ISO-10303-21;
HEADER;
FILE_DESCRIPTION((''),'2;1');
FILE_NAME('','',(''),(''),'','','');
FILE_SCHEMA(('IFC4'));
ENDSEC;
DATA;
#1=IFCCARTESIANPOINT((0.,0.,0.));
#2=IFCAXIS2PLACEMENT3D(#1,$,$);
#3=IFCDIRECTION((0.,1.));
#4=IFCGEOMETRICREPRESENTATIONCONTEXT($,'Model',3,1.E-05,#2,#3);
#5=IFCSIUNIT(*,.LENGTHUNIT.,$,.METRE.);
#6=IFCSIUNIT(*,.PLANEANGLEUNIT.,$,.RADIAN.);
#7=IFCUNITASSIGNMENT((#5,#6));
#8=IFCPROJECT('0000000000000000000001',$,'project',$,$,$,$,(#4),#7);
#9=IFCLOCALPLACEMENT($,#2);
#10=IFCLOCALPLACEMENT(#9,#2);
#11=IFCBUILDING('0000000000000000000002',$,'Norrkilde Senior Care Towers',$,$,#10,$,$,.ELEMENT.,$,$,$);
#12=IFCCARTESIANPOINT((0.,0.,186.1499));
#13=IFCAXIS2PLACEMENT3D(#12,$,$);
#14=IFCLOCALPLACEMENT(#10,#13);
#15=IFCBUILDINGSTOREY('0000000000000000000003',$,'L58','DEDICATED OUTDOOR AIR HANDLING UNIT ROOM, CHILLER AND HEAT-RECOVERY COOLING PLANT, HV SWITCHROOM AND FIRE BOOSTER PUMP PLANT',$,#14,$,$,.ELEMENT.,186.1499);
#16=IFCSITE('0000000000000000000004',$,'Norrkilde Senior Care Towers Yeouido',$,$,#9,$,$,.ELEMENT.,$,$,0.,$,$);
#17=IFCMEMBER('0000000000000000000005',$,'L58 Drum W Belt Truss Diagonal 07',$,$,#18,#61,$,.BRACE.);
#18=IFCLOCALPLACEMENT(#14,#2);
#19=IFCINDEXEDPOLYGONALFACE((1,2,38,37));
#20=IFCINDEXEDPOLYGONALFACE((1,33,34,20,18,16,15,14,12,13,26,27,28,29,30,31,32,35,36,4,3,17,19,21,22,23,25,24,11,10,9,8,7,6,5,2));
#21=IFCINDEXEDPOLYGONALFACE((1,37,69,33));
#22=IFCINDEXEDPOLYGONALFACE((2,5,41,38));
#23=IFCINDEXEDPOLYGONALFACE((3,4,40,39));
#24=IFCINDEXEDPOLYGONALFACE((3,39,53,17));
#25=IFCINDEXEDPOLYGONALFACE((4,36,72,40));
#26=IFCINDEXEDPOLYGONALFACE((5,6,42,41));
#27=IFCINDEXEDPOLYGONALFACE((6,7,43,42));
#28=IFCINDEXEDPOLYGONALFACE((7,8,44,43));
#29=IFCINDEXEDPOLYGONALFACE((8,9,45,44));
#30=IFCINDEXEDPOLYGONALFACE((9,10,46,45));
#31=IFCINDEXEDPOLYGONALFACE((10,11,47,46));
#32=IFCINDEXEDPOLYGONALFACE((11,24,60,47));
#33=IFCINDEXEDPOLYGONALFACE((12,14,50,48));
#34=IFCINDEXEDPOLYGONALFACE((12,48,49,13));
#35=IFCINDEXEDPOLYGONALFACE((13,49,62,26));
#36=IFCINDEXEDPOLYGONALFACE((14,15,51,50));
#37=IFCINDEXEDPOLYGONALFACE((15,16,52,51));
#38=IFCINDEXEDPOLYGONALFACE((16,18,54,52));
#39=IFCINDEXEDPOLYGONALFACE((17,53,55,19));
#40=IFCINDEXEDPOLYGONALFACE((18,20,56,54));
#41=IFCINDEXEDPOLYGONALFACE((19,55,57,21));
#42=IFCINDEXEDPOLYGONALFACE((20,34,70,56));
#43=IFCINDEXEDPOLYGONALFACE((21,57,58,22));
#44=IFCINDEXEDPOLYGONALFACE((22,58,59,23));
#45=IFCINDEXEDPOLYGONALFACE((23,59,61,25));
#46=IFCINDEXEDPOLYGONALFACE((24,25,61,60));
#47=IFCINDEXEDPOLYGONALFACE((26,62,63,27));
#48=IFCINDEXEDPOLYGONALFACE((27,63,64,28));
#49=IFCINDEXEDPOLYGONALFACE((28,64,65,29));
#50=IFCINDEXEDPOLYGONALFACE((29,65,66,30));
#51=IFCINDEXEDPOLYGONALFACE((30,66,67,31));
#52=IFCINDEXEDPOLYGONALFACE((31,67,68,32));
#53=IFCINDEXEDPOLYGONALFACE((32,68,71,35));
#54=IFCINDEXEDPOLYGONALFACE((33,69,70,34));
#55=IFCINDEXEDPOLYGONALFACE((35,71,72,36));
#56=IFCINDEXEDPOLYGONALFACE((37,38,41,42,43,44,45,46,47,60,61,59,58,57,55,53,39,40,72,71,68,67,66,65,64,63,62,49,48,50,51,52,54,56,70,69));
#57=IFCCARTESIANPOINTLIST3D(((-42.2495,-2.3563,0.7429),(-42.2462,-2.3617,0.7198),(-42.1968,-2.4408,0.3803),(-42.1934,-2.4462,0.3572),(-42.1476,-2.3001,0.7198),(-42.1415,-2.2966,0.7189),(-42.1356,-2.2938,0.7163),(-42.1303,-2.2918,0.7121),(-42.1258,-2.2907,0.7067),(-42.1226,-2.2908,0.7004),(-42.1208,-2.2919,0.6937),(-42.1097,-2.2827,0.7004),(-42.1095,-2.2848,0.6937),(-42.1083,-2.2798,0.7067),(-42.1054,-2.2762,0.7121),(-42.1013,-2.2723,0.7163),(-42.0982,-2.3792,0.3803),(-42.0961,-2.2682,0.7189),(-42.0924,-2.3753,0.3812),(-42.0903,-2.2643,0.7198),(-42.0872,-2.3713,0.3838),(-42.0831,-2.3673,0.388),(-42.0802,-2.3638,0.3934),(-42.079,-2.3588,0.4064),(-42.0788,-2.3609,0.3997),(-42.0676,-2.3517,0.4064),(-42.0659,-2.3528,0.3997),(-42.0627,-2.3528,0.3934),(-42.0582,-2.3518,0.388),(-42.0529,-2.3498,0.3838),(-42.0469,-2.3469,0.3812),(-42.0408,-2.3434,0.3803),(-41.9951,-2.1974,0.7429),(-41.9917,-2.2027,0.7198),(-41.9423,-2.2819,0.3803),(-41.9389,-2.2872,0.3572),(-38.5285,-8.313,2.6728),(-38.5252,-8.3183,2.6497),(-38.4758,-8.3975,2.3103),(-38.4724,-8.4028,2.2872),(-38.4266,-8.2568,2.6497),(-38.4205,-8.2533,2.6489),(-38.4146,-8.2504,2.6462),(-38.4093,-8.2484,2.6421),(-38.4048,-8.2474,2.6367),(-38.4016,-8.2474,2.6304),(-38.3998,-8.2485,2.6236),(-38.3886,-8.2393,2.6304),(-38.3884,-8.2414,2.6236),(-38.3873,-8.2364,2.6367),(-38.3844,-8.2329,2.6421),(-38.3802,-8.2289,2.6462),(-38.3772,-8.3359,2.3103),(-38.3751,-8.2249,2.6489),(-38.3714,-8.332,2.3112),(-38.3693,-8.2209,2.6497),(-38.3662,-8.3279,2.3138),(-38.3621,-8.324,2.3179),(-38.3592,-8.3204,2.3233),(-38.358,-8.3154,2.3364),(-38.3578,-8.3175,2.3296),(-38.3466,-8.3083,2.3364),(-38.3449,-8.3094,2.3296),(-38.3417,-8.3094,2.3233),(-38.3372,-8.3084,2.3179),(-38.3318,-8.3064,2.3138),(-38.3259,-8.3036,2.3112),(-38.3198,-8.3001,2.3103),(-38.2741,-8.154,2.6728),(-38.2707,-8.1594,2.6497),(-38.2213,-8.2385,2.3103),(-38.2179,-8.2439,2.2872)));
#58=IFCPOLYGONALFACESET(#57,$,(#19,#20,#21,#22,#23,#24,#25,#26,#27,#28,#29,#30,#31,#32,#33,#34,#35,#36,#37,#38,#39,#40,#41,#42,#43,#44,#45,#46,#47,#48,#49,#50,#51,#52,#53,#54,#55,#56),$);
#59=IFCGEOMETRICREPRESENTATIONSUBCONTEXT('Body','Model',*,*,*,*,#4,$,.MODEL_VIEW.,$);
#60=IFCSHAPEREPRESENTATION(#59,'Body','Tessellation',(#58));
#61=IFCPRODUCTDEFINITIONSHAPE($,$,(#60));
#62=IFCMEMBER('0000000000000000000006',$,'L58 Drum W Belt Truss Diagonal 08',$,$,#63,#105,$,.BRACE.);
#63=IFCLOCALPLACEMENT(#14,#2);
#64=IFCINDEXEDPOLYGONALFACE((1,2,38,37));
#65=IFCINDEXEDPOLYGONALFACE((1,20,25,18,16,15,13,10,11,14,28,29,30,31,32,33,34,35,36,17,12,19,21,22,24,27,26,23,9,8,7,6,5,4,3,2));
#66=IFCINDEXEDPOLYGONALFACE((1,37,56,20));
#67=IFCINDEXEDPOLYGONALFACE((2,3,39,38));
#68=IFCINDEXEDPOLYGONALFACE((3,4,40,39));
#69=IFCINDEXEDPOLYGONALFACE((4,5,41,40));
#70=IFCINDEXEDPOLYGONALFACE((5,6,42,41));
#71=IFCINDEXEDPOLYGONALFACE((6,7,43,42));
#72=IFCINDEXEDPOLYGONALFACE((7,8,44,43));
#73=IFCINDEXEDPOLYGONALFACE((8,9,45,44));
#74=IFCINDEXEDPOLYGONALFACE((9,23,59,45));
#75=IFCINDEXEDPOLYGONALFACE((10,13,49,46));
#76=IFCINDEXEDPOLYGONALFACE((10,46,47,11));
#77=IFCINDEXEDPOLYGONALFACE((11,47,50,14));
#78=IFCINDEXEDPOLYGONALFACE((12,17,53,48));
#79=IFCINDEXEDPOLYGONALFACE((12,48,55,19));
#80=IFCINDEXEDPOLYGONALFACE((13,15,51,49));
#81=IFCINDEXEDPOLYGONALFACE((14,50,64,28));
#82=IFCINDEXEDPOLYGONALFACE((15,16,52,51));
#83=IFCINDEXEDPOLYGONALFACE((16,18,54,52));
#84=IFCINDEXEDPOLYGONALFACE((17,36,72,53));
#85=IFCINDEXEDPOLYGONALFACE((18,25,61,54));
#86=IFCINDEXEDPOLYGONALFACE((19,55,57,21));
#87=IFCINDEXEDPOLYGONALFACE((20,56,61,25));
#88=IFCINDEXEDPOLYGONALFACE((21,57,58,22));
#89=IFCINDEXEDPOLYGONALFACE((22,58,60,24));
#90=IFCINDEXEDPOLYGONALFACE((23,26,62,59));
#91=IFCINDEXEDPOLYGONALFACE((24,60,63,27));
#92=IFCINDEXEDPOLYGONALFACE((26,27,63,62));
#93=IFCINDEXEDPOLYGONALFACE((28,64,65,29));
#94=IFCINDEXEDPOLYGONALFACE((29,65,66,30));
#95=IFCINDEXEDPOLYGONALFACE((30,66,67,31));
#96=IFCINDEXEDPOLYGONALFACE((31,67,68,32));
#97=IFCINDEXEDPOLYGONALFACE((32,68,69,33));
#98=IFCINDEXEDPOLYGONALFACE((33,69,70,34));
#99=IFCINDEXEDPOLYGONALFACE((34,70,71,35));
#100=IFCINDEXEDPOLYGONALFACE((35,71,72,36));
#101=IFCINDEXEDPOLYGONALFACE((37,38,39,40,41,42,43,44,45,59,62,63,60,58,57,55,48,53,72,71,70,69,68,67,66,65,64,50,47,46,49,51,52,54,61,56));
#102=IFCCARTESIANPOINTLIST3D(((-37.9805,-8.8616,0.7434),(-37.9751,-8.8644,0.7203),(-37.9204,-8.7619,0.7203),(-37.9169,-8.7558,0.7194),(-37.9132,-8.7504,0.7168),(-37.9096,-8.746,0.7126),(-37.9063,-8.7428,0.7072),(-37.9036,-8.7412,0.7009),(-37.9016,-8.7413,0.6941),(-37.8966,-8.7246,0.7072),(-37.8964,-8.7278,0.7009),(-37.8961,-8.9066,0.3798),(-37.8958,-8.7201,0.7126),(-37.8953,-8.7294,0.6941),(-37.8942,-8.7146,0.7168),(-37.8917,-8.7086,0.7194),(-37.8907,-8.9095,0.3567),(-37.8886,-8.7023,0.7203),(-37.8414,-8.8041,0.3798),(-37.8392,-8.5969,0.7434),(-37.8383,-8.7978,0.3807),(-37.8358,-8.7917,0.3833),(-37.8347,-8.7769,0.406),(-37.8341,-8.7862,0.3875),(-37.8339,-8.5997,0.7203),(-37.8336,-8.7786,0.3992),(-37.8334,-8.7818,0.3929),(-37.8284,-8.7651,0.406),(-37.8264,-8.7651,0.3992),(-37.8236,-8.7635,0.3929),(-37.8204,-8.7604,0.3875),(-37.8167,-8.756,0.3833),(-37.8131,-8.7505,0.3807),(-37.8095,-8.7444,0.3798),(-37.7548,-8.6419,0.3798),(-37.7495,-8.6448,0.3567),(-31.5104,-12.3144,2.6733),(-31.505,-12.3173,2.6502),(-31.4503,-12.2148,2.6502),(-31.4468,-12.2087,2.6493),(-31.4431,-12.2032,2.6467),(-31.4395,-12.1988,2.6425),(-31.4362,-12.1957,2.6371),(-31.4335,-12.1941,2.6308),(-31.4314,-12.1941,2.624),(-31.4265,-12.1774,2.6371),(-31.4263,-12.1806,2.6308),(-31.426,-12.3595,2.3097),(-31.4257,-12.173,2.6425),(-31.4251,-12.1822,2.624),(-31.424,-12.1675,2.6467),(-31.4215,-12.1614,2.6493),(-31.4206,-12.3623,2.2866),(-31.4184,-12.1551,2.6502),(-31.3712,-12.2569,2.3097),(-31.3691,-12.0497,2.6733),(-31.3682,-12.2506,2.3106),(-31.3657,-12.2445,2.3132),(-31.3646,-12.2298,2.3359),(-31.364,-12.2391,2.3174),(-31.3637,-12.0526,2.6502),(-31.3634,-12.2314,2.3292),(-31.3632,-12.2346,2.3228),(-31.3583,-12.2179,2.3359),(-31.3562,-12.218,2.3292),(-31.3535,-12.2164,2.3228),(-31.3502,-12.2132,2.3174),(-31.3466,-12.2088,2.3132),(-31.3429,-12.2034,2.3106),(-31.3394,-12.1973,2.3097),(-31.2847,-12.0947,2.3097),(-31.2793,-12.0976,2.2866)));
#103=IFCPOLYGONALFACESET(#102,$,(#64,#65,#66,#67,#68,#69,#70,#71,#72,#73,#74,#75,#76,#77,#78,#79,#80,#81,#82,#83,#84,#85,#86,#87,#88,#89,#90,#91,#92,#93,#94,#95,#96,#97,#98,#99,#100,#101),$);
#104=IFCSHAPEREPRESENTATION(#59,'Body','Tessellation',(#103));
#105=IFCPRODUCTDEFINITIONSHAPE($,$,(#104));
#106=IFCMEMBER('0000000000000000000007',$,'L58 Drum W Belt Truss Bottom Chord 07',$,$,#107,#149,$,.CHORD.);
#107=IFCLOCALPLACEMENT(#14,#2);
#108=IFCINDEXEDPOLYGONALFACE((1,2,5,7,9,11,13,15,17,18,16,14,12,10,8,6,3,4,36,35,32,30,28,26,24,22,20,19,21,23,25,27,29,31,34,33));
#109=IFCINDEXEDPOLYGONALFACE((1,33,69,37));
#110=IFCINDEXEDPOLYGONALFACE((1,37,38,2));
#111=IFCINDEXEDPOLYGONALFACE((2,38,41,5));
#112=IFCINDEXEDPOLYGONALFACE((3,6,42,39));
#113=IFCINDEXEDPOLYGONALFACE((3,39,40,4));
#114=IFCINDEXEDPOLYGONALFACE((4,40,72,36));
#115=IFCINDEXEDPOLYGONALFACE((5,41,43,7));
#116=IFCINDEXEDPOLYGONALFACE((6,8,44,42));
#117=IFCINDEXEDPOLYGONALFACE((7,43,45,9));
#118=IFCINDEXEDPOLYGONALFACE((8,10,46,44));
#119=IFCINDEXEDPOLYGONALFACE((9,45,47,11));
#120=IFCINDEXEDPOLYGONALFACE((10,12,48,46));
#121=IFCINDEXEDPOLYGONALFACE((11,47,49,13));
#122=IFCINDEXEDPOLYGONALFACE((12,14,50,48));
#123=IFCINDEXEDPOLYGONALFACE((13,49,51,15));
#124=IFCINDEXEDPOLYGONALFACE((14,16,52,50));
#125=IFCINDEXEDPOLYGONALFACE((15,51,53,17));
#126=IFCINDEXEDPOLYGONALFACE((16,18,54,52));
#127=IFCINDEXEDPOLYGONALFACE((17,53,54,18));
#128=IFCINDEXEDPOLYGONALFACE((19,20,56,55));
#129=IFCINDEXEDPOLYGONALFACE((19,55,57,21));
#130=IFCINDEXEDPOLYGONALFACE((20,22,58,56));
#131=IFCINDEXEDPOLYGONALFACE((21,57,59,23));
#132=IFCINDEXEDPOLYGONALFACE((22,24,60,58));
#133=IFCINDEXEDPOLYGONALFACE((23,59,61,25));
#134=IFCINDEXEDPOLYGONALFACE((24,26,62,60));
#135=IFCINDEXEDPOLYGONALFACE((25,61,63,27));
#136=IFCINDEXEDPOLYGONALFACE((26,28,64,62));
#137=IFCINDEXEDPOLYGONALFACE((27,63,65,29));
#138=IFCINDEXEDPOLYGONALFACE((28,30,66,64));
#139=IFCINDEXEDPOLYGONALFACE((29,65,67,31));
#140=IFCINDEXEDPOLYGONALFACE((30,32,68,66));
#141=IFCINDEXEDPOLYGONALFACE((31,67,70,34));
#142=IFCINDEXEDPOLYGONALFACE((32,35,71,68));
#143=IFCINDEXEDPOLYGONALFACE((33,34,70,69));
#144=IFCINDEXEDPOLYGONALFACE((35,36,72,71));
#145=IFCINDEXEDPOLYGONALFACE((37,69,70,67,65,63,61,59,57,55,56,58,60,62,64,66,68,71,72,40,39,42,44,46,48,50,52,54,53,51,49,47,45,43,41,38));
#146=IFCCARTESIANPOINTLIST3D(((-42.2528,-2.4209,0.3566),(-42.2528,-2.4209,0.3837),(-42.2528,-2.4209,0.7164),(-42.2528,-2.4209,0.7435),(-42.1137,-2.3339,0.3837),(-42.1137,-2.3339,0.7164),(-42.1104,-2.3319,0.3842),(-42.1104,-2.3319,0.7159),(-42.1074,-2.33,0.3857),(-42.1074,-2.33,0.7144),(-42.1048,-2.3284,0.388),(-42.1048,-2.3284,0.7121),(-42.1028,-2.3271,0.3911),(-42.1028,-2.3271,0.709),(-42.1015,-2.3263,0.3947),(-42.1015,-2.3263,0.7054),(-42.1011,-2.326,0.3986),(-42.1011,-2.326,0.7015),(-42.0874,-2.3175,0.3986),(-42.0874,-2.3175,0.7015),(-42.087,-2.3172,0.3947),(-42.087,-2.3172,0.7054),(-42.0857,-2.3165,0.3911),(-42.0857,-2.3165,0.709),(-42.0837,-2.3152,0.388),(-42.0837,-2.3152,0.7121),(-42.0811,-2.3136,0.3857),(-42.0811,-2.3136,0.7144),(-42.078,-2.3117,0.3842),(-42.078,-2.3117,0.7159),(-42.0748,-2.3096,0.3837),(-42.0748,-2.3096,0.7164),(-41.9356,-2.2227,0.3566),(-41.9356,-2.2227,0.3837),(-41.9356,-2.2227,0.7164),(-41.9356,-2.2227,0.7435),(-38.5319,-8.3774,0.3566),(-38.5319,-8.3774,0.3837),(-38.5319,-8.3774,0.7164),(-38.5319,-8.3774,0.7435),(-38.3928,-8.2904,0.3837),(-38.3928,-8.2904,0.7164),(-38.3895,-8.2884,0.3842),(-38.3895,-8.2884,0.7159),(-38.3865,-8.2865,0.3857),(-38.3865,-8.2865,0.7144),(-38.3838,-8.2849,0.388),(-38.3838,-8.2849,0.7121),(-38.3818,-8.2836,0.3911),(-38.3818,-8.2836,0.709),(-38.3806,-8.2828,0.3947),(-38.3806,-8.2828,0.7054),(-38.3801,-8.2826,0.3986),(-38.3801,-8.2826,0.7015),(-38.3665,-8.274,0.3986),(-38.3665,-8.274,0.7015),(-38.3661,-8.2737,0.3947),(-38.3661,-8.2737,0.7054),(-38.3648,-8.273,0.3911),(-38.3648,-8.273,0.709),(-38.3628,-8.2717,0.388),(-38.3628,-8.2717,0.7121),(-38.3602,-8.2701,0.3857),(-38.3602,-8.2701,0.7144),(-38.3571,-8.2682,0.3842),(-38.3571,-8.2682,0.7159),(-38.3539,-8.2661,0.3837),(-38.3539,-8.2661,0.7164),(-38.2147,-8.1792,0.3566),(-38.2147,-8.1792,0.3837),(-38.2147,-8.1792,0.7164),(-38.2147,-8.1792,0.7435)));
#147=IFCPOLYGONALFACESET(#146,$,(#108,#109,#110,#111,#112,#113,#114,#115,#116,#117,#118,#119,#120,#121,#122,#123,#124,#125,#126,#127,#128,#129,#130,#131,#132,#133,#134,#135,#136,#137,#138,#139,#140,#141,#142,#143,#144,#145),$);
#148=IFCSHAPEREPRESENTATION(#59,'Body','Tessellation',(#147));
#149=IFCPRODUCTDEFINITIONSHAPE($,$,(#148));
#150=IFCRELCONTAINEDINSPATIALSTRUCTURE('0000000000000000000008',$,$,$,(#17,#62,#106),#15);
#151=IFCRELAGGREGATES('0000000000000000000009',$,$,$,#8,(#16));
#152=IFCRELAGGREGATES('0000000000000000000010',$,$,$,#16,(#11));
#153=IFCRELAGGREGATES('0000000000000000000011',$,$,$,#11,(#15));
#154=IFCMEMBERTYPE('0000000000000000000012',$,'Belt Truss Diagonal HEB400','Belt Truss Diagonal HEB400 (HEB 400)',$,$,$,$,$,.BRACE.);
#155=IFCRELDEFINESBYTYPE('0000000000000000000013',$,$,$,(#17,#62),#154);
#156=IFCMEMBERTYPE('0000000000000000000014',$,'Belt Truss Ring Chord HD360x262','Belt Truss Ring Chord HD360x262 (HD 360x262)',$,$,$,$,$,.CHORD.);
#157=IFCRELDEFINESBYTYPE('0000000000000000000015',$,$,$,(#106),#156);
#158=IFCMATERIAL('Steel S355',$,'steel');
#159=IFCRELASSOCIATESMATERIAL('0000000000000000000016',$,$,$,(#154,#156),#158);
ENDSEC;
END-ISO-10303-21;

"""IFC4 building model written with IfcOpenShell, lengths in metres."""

from ifc_helpers import new_model, si_unit, direction, frame, origin, origin_2d, place, context, subcontext, project, spatial, i_section, extrude, source, transform, mapped, material, material_profile, profile_set, type_object, type_shapes, element, save


model = new_model("IFC4")

# Units and contexts
model_context = context("Model", 3, precision=1e-05, world=origin(), true_north=direction((0.0, 1.0)))
body_context = subcontext(model_context, "Body", "Model", "MODEL_VIEW")
ifc_project = project(units=[si_unit("LENGTHUNIT", "METRE"), si_unit("PLANEANGLEUNIT", "RADIAN")], contexts=[model_context])

# Site, building, storey
site_placement = place(None, origin())
site = spatial("IfcSite", under=ifc_project, at=site_placement, Name="Norrkilde Senior Care Towers Yeouido", CompositionType="ELEMENT", RefElevation=0.0)
building_placement = place(site_placement, origin())
building = spatial("IfcBuilding", under=site, at=building_placement, Name="Norrkilde Senior Care Towers", CompositionType="ELEMENT")
storey_placement = place(building_placement, frame((0.0, 0.0, 186.1499)))
storey = spatial("IfcBuildingStorey", under=building, at=storey_placement, Name="L58", Description="DEDICATED OUTDOOR AIR HANDLING UNIT ROOM, CHILLER AND HEAT-RECOVERY COOLING PLANT, HV SWITCHROOM AND FIRE BOOSTER PUMP PLANT", CompositionType="ELEMENT", Elevation=186.1499)

# Members
ifc_material_1 = material(Name="Steel S355", Category="steel")
ifc_material_profile_1 = material_profile(ifc_material_1, i_section(OverallWidth=0.3, OverallDepth=0.3999, WebThickness=0.0134, FlangeThickness=0.0239, FilletRadius=0.0271, at=origin_2d()), Name="HEB 400")
ifc_profile_set_1 = profile_set([ifc_material_profile_1], Name="Steel S355")
member_type_1 = type_object("IfcMemberType", Name="Belt Truss Diagonal HEB400", Description="Belt Truss Diagonal HEB400 (HEB 400)", PredefinedType="BRACE", material=ifc_profile_set_1)
shared_shape_1 = source(origin(), body_context, "Body", "SweptSolid", [
    extrude(i_section(OverallWidth=0.3, OverallDepth=0.3999, WebThickness=0.0134, FlangeThickness=0.0239, FilletRadius=0.0271, at=origin_2d()), origin(), (0.0, 0.0, 1.0), 7.2837),
])
member_1_placement = place(storey_placement, frame((-42.0942, -2.3218, 0.55), z_axis=(0.510868, -0.817805, 0.26497), x_axis=(0.848119, 0.529805, 0.0)))
element("IfcMember", 1, at=member_1_placement, inside=storey, type_object=member_type_1, Name="L58 Drum W Belt Truss Diagonal 07", PredefinedType="BRACE", context=body_context, shape_type="MappedRepresentation", body=[
    mapped(shared_shape_1, transform((0.0, 0.0, 0.0), x_axis=(1.0, 0.0, 0.0), y_axis=(0.0, 1.0, 0.0), z_axis=(0.0, 0.0, 1.0), scale=1.0)),
])
shared_shape_2 = source(origin(), body_context, "Body", "SweptSolid", [
    extrude(i_section(OverallWidth=0.3, OverallDepth=0.3999, WebThickness=0.0134, FlangeThickness=0.0239, FilletRadius=0.0271, at=origin_2d()), origin(), (0.0, 0.0, 1.0), 7.5835),
])
type_shapes(member_type_1, [shared_shape_1, shared_shape_2])
member_2_placement = place(storey_placement, frame((-37.865, -8.7532, 0.55), z_axis=(0.853187, -0.45531, 0.254488), x_axis=(0.470811, 0.882234, 0.0)))
element("IfcMember", 2, at=member_2_placement, inside=storey, type_object=member_type_1, Name="L58 Drum W Belt Truss Diagonal 08", PredefinedType="BRACE", context=body_context, shape_type="MappedRepresentation", body=[
    mapped(shared_shape_2, transform((0.0, 0.0, 0.0), x_axis=(1.0, 0.0, 0.0), y_axis=(0.0, 1.0, 0.0), z_axis=(0.0, 0.0, 1.0), scale=1.0)),
])
ifc_material_profile_2 = material_profile(ifc_material_1, i_section(OverallWidth=0.374, OverallDepth=0.387, WebThickness=0.0161, FlangeThickness=0.0271, FilletRadius=0.0149, at=origin_2d()), Name="HD 360x262")
ifc_profile_set_2 = profile_set([ifc_material_profile_2], Name="Steel S355")
member_type_2 = type_object("IfcMemberType", Name="Belt Truss Ring Chord HD360x262", Description="Belt Truss Ring Chord HD360x262 (HD 360x262)", PredefinedType="CHORD", material=ifc_profile_set_2)
shared_shape_3 = source(origin(), body_context, "Body", "SweptSolid", [
    extrude(i_section(OverallWidth=0.374, OverallDepth=0.387, WebThickness=0.0161, FlangeThickness=0.0271, FilletRadius=0.0149, at=origin_2d()), origin(), (0.0, 0.0, 1.0), 7.0232),
])
member_3_placement = place(storey_placement, frame((-42.0942, -2.3218, 0.55), z_axis=(0.529805, -0.848119, 0.0), x_axis=(0.848119, 0.529805, 0.0)))
element("IfcMember", 3, at=member_3_placement, inside=storey, type_object=member_type_2, Name="L58 Drum W Belt Truss Bottom Chord 07", PredefinedType="CHORD", context=body_context, shape_type="MappedRepresentation", body=[
    mapped(shared_shape_3, transform((0.0, 0.0, 0.0), x_axis=(1.0, 0.0, 0.0), y_axis=(0.0, 1.0, 0.0), z_axis=(0.0, 0.0, 1.0), scale=1.0)),
])

save(model, "model.ifc")
